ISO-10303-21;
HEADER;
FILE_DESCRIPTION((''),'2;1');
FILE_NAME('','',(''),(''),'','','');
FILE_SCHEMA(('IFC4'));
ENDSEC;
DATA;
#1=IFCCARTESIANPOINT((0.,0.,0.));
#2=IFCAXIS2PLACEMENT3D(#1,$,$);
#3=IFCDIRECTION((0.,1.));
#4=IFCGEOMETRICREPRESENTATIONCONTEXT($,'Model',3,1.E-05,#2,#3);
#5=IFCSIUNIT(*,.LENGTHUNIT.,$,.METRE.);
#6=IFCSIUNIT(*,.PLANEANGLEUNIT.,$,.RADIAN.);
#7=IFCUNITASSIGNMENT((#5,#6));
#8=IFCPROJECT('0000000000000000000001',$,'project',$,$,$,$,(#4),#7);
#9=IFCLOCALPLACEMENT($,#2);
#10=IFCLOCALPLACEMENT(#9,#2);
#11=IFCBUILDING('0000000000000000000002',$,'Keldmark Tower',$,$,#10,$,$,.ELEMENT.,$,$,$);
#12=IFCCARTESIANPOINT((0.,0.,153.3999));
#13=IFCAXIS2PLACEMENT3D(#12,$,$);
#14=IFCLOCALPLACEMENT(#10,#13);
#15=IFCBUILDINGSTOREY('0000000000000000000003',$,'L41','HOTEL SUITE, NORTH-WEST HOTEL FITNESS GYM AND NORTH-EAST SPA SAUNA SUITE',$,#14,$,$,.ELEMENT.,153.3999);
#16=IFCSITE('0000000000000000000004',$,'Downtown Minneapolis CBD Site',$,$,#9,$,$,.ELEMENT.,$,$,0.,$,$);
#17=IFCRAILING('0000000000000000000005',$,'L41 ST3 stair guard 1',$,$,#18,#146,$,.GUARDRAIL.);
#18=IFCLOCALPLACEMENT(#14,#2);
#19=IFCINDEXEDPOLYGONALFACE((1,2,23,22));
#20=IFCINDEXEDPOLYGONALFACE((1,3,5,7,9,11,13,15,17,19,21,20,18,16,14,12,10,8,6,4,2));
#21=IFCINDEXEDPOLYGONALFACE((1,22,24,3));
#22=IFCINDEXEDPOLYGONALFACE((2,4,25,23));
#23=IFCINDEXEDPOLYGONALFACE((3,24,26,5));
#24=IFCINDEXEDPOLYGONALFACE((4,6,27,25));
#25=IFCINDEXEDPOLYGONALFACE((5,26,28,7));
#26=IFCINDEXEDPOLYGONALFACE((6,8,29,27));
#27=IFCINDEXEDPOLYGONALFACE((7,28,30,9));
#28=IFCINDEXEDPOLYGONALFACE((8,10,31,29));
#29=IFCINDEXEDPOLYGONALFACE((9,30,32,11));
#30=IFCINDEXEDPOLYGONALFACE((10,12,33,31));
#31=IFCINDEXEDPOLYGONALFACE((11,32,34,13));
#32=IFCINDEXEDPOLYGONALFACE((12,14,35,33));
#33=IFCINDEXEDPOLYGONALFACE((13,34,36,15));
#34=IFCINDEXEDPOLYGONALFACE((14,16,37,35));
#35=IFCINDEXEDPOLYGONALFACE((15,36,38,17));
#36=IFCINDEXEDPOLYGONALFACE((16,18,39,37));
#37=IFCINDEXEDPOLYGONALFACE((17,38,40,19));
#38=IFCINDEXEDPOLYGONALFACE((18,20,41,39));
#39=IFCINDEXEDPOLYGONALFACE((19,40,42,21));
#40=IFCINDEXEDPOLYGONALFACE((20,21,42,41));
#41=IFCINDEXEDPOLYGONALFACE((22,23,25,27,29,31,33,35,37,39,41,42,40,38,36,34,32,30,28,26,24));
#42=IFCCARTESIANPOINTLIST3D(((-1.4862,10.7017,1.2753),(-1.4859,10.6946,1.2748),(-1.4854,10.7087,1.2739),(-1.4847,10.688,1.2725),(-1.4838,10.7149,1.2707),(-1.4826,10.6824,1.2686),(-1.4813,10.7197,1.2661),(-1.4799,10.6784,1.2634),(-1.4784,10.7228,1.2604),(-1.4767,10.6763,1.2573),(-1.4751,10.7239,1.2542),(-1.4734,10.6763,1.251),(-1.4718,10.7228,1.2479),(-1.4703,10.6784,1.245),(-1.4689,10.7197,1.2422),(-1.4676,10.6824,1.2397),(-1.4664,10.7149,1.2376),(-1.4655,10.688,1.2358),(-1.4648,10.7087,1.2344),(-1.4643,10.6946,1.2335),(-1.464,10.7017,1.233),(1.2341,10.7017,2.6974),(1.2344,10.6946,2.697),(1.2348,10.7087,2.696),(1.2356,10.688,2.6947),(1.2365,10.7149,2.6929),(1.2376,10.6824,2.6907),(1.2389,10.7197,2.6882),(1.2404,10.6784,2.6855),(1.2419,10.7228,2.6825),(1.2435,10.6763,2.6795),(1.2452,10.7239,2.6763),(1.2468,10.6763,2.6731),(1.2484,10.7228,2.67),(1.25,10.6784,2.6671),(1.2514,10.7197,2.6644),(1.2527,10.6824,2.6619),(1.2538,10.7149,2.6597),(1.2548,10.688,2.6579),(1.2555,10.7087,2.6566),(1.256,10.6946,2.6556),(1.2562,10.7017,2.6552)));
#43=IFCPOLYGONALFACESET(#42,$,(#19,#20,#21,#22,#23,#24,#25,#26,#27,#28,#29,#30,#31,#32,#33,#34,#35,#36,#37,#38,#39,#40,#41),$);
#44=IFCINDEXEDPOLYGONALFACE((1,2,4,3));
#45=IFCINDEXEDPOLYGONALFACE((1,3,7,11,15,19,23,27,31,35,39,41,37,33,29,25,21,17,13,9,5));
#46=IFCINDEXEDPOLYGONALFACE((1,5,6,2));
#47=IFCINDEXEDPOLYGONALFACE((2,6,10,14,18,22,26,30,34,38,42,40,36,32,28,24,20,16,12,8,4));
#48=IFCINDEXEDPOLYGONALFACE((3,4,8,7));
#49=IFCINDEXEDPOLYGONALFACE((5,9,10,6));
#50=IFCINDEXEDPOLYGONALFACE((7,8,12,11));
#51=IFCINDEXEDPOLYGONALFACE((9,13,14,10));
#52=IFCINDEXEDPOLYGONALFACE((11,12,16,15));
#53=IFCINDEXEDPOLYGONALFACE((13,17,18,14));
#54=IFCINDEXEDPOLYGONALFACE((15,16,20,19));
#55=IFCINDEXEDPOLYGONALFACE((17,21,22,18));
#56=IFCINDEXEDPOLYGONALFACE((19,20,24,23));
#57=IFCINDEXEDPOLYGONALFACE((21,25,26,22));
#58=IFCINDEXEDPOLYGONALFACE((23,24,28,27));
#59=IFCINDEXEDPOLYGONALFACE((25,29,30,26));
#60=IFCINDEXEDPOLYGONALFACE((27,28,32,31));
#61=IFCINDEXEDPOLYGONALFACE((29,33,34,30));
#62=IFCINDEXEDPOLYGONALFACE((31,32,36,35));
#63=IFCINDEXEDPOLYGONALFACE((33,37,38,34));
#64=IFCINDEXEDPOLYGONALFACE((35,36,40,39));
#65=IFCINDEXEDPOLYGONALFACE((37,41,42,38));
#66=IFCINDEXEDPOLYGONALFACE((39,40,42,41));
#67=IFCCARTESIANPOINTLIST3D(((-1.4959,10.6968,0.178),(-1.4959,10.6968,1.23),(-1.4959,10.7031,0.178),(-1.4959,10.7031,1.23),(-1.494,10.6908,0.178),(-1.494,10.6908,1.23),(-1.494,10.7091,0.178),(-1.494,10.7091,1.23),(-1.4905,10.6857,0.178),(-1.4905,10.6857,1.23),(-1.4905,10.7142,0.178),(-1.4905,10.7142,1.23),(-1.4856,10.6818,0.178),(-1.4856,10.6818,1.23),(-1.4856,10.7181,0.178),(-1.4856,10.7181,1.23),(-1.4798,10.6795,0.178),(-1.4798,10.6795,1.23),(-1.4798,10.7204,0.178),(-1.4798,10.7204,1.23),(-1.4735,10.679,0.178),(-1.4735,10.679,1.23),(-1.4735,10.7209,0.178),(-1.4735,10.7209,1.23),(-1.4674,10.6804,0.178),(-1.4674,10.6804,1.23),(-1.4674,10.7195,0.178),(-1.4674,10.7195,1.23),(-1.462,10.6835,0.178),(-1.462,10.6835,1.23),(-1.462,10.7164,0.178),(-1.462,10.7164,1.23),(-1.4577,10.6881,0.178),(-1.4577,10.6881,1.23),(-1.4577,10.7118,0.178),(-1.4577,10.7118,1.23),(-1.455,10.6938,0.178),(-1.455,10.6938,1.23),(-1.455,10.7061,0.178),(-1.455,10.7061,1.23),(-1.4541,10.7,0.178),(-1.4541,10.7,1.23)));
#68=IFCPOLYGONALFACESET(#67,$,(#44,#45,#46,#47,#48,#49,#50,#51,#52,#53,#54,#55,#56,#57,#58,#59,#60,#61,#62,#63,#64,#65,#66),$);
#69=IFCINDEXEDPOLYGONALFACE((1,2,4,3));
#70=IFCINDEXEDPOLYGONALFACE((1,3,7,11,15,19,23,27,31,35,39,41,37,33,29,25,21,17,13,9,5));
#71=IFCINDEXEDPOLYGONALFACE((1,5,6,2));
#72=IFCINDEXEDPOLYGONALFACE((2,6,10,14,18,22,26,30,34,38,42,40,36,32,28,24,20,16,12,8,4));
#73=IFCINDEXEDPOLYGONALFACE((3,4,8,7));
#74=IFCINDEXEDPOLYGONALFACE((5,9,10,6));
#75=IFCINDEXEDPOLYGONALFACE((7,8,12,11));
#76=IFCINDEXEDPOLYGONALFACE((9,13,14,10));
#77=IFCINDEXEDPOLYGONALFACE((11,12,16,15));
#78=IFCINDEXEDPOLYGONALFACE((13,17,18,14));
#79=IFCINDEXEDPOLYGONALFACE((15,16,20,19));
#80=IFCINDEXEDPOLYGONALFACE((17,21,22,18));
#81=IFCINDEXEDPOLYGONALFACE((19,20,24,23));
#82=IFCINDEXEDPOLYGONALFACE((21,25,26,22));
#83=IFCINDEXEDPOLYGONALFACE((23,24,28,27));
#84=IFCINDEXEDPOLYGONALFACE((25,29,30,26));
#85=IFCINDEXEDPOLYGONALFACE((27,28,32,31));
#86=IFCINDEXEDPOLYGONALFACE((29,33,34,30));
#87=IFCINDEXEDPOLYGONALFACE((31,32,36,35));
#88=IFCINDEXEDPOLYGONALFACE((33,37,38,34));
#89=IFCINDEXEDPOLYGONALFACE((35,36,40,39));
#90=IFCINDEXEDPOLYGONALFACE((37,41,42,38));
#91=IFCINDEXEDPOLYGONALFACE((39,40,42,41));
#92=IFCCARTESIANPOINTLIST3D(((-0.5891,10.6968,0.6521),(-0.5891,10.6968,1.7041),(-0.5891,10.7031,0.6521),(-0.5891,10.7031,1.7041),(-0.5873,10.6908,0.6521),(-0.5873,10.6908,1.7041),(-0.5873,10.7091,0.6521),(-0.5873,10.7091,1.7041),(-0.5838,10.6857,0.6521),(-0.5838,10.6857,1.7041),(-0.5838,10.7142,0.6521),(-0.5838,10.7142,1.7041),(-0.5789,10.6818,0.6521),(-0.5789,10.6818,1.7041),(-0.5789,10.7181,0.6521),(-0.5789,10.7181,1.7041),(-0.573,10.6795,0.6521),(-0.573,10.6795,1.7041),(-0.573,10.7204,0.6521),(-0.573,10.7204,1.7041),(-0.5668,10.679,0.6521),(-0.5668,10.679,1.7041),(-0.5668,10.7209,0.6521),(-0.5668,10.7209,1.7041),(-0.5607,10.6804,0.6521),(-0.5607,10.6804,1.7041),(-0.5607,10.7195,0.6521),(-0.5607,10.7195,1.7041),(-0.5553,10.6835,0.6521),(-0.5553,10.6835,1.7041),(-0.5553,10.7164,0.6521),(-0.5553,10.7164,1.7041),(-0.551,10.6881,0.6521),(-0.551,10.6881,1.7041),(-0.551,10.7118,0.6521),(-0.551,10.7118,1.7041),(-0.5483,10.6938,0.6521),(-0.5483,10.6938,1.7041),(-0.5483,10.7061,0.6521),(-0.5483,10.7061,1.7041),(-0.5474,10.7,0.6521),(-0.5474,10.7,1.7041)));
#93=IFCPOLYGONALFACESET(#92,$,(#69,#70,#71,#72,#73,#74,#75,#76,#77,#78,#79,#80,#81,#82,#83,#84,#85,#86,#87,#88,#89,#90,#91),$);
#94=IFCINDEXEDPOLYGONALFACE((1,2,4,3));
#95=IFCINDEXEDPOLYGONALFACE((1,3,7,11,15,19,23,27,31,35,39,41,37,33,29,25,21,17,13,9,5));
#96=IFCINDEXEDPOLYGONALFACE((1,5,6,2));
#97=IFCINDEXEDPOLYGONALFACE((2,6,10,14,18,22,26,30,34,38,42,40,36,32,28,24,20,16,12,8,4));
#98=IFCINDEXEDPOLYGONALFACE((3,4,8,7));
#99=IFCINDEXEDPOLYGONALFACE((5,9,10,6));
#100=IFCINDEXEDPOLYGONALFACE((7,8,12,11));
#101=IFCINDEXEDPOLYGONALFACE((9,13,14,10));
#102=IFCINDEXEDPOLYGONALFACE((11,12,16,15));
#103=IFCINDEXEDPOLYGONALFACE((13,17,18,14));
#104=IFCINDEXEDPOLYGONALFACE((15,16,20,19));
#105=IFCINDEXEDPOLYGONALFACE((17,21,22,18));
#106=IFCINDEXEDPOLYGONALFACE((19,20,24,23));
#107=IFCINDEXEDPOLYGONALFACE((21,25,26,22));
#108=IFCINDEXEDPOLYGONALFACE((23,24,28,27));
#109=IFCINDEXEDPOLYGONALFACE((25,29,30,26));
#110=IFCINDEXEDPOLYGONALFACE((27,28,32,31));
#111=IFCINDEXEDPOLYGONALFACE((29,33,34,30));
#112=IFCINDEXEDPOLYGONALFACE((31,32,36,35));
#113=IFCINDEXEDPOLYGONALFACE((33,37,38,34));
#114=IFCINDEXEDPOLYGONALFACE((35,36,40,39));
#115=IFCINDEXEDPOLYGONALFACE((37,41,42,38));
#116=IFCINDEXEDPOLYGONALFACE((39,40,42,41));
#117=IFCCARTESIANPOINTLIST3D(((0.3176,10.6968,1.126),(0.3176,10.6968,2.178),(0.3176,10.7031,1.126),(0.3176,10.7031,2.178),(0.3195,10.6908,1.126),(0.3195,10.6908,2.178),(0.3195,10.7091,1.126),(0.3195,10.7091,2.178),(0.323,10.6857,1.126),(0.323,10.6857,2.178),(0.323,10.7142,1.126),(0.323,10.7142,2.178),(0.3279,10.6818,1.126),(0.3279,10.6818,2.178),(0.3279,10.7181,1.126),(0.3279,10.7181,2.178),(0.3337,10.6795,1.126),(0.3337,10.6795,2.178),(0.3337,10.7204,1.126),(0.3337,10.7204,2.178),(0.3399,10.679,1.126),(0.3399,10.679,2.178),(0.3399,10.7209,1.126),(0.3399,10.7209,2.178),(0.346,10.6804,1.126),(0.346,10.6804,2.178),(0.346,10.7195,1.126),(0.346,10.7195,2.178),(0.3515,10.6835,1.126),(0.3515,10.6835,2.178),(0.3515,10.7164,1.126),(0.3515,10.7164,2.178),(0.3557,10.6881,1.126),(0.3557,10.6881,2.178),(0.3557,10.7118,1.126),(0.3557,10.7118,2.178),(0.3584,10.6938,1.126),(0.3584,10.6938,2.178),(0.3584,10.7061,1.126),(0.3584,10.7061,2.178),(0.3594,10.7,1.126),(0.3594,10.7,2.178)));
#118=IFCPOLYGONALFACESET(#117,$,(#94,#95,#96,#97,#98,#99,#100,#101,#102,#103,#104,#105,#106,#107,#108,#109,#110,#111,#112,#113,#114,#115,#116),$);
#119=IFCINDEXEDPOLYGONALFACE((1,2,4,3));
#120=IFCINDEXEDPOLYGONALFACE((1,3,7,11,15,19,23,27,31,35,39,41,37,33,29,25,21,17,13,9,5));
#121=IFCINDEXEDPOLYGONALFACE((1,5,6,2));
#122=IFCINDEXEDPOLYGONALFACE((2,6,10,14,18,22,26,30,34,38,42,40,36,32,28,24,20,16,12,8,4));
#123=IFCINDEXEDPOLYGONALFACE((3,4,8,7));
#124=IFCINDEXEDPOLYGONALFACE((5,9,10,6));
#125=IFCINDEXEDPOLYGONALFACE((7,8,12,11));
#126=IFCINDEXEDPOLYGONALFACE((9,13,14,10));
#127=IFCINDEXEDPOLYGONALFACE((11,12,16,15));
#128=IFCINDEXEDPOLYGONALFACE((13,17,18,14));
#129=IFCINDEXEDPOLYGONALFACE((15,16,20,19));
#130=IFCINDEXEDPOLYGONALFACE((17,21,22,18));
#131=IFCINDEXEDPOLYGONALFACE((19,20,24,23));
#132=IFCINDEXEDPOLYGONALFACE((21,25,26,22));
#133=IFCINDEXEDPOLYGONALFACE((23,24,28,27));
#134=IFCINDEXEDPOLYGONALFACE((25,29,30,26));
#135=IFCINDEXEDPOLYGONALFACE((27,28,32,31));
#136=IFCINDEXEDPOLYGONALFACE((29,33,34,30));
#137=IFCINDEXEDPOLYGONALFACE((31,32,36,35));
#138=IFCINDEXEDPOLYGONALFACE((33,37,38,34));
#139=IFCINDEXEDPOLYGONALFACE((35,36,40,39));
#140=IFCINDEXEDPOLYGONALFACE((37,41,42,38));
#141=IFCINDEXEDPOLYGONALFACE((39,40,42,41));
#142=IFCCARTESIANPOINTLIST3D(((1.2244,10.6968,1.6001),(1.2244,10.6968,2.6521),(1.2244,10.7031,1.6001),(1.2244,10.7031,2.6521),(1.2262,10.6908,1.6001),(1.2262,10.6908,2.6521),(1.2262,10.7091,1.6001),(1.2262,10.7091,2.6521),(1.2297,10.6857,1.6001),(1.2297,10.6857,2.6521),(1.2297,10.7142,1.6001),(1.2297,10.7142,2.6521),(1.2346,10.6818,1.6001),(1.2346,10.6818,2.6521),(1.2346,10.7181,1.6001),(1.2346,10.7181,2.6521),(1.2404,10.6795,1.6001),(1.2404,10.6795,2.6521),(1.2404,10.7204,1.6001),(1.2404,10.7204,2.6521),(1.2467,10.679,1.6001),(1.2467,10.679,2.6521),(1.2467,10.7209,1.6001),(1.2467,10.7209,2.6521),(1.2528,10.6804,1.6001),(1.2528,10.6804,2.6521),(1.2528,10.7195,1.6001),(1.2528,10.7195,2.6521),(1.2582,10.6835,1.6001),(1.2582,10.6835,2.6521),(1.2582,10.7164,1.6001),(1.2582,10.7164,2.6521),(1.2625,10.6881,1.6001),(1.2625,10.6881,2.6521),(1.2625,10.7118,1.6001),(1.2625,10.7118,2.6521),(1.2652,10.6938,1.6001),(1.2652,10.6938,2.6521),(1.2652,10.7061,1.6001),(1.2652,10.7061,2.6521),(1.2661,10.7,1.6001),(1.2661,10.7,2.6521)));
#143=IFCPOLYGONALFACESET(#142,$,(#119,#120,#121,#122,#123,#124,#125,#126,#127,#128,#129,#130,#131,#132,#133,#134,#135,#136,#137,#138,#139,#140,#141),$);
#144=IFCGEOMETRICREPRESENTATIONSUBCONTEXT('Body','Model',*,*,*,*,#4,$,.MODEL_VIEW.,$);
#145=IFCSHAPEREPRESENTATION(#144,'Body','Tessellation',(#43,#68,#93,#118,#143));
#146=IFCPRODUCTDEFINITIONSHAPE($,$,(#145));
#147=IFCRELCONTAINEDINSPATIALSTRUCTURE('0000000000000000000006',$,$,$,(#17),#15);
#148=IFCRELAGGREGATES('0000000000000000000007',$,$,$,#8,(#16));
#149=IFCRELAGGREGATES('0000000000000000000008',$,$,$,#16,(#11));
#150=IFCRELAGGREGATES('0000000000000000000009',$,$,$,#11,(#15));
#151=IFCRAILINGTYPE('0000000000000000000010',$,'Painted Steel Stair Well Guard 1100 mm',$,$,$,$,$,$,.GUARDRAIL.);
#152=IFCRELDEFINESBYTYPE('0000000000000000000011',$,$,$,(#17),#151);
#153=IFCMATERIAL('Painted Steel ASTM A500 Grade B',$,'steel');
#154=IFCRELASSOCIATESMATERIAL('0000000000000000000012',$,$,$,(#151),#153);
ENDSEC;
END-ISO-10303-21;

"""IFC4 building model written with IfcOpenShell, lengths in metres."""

from ifc_helpers import new_model, si_unit, direction, frame, origin, origin_2d, place, context, subcontext, project, spatial, circle, extrude, material, type_object, element, save


model = new_model("IFC4")

# Units and contexts
model_context = context("Model", 3, precision=1e-05, world=origin(), true_north=direction((0.0, 1.0)))
body_context = subcontext(model_context, "Body", "Model", "MODEL_VIEW")
ifc_project = project(units=[si_unit("LENGTHUNIT", "METRE"), si_unit("PLANEANGLEUNIT", "RADIAN")], contexts=[model_context])

# Site, building, storey
site_placement = place(None, origin())
site = spatial("IfcSite", under=ifc_project, at=site_placement, Name="Downtown Minneapolis CBD Site", CompositionType="ELEMENT", RefElevation=0.0)
building_placement = place(site_placement, origin())
building = spatial("IfcBuilding", under=site, at=building_placement, Name="Keldmark Tower", CompositionType="ELEMENT")
storey_placement = place(building_placement, frame((0.0, 0.0, 153.3999)))
storey = spatial("IfcBuildingStorey", under=building, at=storey_placement, Name="L41", Description="HOTEL SUITE, NORTH-WEST HOTEL FITNESS GYM AND NORTH-EAST SPA SAUNA SUITE", CompositionType="ELEMENT", Elevation=153.3999)

# Railing
ifc_material_1 = material(Name="Painted Steel ASTM A500 Grade B", Category="steel")
railing_type_1 = type_object("IfcRailingType", Name="Painted Steel Stair Well Guard 1100 mm", PredefinedType="GUARDRAIL", material=ifc_material_1)
railing_1_placement = place(storey_placement, frame((-1.4751, 10.7, 0.178)))
element("IfcRailing", 1, at=railing_1_placement, inside=storey, type_object=railing_type_1, Name="L41 ST3 stair guard 1", PredefinedType="GUARDRAIL", context=body_context, shape_type="SweptSolid", body=[
    extrude(circle(Radius=0.0239, at=origin_2d()), frame((0.0, 0.0, 1.0762), z_axis=(0.8862, 0.0, 0.463302), x_axis=(0.0, 1.0, 0.0)), (0.0, 0.0, 1.0), 3.0696),
    extrude(circle(Radius=0.021, at=origin_2d()), origin(), (0.0, 0.0, 1.0), 1.052),
    extrude(circle(Radius=0.021, at=origin_2d()), frame((0.9067, 0.0, 0.4741)), (0.0, 0.0, 1.0), 1.052),
    extrude(circle(Radius=0.021, at=origin_2d()), frame((1.8135, 0.0, 0.948)), (0.0, 0.0, 1.0), 1.052),
    extrude(circle(Radius=0.021, at=origin_2d()), frame((2.7202, 0.0, 1.4221)), (0.0, 0.0, 1.0), 1.052),
])

save(model, "model.ifc")
